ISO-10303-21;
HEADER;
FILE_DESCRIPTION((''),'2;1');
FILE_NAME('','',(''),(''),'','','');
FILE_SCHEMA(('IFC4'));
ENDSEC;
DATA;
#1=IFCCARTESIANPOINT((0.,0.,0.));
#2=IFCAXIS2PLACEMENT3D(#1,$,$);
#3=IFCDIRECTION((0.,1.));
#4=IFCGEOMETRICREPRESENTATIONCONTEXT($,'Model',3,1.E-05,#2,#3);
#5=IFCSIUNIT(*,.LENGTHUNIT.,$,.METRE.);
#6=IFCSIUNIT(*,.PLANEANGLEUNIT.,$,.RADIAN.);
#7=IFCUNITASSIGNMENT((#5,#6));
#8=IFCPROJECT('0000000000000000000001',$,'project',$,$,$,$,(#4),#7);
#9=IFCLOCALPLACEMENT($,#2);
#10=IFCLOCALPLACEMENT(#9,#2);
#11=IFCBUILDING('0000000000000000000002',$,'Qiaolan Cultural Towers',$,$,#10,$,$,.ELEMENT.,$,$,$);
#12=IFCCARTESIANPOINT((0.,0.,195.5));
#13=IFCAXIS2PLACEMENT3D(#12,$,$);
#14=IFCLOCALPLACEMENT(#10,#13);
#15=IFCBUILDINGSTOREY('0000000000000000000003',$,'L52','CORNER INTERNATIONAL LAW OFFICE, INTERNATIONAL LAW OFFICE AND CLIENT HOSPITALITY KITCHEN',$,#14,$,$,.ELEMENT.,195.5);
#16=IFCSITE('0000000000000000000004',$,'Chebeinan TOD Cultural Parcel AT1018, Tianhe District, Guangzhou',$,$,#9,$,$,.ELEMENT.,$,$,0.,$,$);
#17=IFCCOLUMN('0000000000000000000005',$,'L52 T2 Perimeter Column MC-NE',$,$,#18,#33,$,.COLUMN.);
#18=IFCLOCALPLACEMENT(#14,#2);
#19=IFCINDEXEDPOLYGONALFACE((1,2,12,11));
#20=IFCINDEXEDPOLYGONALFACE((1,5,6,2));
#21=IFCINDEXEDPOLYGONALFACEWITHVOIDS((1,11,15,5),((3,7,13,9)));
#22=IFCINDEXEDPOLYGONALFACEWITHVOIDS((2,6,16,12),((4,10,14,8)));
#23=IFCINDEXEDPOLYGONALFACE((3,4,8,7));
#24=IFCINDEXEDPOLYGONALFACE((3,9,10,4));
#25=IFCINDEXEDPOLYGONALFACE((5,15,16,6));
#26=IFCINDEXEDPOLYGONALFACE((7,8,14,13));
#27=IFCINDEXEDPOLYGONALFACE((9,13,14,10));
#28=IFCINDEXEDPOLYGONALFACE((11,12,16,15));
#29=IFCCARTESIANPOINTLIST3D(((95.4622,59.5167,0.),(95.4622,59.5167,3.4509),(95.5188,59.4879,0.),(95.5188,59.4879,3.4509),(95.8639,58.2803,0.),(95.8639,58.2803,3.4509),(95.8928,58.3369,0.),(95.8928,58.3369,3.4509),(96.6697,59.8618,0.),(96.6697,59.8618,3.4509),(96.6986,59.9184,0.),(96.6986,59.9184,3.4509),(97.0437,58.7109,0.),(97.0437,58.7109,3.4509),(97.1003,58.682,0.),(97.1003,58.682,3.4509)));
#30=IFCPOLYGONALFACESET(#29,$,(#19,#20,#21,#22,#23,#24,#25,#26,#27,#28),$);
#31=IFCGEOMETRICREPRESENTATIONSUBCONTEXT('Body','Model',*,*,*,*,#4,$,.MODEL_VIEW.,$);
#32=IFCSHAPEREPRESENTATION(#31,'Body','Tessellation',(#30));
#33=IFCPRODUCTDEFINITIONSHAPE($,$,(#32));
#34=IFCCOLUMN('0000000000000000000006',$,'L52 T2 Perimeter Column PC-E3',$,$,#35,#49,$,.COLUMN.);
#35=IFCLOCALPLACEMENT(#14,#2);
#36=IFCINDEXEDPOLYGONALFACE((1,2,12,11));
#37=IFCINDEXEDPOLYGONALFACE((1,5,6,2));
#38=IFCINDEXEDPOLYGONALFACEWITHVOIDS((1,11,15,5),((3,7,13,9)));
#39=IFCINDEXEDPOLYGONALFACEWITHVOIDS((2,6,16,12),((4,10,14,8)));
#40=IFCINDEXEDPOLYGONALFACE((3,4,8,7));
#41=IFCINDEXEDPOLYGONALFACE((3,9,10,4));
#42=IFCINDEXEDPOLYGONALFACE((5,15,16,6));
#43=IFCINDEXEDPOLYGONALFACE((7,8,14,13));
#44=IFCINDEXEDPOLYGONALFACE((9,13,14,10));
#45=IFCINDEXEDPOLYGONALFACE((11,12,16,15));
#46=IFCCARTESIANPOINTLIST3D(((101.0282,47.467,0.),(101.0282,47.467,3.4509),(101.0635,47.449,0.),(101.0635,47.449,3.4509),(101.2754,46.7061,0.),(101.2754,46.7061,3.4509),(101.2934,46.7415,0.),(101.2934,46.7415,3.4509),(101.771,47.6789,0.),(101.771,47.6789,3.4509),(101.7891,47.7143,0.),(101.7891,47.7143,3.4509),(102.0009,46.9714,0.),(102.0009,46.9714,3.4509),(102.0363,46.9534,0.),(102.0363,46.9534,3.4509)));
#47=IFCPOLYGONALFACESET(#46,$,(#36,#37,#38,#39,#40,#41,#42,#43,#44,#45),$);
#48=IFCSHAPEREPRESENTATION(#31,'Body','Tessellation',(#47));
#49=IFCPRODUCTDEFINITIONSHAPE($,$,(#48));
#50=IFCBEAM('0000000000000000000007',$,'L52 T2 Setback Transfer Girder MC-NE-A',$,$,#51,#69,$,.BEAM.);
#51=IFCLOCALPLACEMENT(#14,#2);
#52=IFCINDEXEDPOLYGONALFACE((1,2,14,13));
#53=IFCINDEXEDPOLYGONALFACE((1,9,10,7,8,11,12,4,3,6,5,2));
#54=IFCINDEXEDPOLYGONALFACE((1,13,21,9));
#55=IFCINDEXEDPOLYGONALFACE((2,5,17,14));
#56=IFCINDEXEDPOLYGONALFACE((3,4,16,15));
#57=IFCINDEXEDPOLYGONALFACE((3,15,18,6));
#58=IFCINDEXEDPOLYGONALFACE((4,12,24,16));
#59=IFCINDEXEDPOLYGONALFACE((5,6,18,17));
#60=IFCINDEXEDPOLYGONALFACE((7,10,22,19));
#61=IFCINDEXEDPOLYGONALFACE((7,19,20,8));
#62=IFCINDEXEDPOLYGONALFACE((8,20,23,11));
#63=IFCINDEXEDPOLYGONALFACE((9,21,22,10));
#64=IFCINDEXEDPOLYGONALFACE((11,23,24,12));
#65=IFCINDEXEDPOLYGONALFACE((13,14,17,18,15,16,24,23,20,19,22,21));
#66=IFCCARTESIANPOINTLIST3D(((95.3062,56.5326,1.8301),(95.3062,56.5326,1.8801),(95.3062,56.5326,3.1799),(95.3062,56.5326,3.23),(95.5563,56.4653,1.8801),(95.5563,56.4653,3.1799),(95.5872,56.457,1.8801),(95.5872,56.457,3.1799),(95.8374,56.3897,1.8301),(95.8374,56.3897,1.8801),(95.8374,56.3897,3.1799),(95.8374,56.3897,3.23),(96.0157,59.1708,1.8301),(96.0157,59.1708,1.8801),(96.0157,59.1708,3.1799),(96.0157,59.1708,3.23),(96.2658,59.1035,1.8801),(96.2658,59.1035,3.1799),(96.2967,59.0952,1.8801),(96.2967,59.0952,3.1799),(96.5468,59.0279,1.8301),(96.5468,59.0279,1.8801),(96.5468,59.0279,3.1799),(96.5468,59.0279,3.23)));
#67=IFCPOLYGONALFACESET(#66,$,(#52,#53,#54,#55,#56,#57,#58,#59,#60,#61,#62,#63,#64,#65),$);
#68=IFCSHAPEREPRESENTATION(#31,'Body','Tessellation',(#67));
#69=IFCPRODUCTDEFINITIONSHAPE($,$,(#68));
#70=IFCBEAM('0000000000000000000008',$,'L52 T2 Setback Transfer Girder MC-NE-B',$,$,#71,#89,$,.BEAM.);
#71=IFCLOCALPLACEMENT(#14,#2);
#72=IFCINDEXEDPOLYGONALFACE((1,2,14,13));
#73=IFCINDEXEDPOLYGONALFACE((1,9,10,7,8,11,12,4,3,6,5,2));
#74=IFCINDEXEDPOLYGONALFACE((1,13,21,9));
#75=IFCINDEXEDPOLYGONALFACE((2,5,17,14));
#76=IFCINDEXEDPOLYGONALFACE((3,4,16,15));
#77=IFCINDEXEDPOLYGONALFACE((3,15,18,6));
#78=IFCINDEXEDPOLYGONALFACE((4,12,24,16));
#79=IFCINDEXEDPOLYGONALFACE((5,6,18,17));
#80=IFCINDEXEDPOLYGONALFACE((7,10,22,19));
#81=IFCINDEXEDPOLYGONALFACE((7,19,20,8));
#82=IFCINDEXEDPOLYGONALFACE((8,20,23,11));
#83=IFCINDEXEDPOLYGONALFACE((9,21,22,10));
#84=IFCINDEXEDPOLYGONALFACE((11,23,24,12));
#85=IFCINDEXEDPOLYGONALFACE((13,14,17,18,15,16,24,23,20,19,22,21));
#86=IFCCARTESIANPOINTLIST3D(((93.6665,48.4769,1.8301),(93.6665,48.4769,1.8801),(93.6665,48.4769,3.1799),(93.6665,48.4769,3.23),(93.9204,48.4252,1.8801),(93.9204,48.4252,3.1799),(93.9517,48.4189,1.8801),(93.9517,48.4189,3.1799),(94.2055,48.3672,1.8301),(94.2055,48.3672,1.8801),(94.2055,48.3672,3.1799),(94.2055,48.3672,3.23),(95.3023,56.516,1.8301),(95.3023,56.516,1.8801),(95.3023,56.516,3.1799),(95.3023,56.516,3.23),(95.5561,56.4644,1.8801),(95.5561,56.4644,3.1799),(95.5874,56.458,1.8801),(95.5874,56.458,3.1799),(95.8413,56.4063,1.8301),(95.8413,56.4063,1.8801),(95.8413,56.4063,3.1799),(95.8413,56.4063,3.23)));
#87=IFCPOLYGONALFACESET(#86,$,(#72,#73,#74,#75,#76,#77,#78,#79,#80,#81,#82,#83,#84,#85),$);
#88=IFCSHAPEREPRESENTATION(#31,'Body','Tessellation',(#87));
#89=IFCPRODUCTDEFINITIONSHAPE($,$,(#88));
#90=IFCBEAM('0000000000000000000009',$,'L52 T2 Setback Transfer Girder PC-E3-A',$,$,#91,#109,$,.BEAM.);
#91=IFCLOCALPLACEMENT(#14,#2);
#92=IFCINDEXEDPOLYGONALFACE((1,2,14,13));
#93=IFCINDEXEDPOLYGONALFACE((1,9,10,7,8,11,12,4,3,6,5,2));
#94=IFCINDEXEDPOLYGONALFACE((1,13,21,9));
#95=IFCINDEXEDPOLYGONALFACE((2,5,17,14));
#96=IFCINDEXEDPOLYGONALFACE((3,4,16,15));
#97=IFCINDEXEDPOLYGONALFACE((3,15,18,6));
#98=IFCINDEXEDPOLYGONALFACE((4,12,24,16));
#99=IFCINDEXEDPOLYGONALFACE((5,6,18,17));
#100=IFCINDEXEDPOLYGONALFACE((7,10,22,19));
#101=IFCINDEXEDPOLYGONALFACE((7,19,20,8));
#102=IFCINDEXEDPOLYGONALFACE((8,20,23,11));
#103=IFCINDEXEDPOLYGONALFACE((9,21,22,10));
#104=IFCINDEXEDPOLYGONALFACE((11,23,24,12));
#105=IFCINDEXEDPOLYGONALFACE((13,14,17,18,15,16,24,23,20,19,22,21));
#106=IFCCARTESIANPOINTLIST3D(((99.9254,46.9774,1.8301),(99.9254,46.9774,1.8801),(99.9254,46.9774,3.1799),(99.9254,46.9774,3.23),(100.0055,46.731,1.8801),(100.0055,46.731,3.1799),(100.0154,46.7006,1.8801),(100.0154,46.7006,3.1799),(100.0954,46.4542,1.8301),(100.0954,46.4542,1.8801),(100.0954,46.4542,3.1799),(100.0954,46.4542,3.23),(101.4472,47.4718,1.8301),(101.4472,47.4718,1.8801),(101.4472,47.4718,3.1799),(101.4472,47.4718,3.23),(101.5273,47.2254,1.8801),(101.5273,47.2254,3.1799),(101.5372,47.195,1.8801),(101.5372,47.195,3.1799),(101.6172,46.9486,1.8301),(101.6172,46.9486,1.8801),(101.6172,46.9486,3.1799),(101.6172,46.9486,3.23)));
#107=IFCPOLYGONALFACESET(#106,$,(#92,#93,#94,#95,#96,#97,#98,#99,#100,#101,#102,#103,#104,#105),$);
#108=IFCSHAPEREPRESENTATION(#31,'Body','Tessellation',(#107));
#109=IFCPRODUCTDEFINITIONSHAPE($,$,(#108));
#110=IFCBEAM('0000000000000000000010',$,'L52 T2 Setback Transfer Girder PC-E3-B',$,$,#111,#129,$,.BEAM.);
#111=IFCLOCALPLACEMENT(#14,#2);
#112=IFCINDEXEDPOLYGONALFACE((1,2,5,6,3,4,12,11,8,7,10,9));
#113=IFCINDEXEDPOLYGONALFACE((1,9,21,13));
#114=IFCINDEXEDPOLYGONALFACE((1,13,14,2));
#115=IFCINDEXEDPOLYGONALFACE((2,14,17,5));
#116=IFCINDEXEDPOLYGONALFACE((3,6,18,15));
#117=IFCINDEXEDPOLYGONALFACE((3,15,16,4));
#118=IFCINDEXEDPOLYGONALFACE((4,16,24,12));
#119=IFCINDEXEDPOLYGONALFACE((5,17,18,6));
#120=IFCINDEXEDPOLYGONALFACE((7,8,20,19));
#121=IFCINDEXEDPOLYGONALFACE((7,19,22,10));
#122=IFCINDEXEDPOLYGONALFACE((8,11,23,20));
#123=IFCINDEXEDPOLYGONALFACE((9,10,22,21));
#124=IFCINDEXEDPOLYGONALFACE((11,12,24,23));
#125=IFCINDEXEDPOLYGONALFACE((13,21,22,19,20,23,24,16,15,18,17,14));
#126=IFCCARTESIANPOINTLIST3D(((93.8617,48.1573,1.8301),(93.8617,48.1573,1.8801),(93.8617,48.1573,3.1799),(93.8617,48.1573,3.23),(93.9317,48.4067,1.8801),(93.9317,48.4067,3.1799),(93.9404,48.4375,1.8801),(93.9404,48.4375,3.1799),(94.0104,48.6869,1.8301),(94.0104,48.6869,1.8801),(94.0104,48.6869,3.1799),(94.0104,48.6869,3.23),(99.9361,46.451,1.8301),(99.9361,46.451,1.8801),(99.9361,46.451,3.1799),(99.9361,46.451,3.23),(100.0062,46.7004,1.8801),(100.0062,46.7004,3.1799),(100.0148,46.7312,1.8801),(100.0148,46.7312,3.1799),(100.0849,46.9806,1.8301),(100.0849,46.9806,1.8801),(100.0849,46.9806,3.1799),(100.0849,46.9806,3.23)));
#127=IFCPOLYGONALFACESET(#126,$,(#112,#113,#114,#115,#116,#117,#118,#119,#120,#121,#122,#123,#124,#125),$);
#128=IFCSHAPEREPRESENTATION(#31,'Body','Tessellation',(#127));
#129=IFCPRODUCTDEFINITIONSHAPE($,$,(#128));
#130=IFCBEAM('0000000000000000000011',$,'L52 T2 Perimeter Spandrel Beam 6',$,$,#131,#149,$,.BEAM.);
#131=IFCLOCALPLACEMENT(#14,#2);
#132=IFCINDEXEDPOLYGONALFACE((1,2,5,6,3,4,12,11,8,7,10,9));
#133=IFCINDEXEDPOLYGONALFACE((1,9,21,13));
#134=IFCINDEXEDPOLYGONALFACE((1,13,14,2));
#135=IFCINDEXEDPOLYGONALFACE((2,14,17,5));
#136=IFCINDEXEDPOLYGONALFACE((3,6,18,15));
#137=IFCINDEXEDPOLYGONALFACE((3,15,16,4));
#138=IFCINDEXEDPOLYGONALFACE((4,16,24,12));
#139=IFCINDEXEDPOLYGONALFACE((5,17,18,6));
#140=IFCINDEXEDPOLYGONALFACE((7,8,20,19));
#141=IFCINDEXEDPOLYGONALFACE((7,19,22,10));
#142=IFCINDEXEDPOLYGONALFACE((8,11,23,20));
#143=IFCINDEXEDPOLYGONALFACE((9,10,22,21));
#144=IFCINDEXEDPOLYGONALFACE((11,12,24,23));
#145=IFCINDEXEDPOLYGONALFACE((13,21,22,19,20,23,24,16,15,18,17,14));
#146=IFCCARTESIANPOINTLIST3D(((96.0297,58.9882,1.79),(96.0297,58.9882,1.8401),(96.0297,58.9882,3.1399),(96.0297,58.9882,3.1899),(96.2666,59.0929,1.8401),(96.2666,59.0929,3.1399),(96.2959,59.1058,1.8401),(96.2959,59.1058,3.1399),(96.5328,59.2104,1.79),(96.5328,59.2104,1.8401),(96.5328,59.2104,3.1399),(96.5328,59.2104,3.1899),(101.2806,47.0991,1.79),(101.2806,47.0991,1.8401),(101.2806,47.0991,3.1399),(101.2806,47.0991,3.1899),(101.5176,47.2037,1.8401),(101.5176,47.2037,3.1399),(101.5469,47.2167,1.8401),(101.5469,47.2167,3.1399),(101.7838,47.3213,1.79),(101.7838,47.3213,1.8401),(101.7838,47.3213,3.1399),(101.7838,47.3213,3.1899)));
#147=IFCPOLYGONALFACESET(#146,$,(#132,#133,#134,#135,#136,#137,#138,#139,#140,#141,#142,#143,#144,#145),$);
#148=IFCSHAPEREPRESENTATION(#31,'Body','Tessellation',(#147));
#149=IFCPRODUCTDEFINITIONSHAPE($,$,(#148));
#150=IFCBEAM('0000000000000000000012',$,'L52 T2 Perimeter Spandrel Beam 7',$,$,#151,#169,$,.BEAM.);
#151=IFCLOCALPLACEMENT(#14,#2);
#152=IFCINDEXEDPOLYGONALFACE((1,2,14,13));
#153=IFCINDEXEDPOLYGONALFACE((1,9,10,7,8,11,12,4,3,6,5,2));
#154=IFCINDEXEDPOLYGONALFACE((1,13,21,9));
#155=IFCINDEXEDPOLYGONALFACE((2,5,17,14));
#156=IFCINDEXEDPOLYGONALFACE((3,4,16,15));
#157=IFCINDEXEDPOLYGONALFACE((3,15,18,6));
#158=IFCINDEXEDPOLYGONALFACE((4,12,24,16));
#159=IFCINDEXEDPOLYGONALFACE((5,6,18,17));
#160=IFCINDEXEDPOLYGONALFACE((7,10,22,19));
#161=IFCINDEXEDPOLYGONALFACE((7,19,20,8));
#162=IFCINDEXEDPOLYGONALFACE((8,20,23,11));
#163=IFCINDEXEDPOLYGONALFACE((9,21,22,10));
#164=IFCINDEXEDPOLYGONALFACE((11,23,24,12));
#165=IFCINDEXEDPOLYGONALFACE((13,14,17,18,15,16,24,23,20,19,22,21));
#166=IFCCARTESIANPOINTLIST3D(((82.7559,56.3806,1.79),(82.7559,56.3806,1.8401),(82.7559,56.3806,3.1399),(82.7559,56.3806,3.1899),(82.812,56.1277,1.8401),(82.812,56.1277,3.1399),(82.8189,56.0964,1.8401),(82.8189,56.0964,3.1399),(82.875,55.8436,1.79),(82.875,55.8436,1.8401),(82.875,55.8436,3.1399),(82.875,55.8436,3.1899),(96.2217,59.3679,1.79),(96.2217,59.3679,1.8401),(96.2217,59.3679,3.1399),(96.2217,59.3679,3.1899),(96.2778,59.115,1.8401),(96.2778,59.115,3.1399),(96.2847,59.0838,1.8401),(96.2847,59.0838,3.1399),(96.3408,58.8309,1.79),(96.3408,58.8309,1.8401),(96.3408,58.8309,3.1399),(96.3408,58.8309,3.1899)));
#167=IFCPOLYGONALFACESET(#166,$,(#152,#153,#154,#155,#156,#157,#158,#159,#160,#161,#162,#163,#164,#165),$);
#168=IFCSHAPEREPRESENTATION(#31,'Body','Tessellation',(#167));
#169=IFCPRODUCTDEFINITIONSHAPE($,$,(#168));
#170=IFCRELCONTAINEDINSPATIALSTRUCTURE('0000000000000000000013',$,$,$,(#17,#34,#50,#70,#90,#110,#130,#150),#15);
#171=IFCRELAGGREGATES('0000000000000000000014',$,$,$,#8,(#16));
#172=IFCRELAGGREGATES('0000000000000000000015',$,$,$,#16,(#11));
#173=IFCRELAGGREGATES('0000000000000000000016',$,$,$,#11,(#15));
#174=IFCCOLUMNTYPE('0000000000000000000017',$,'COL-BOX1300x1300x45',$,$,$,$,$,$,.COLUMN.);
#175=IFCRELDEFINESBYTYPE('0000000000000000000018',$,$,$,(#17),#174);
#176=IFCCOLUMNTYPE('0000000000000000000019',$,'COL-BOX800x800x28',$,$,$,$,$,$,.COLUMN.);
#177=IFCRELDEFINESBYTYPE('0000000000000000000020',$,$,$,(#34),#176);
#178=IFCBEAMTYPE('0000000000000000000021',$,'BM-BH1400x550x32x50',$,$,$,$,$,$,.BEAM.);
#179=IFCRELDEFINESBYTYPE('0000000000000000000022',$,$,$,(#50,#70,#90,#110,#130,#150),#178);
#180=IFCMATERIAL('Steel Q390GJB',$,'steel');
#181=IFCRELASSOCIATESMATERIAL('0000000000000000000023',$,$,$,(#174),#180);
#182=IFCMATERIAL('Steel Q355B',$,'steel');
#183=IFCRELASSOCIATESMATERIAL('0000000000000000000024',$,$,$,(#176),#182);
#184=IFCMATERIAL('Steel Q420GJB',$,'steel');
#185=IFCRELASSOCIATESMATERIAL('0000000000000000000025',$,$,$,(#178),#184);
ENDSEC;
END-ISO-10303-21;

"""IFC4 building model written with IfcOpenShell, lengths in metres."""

from ifc_helpers import new_model, si_unit, direction, frame, origin, origin_2d, place, context, subcontext, project, spatial, hollow_rectangle, i_section, extrude, material, material_profile, profile_set, type_object, element, save


model = new_model("IFC4")

# Units and contexts
model_context = context("Model", 3, precision=1e-05, world=origin(), true_north=direction((0.0, 1.0)))
body_context = subcontext(model_context, "Body", "Model", "MODEL_VIEW")
ifc_project = project(units=[si_unit("LENGTHUNIT", "METRE"), si_unit("PLANEANGLEUNIT", "RADIAN")], contexts=[model_context])

# Site, building, storey
site_placement = place(None, origin())
site = spatial("IfcSite", under=ifc_project, at=site_placement, Name="Chebeinan TOD Cultural Parcel AT1018, Tianhe District, Guangzhou", CompositionType="ELEMENT", RefElevation=0.0)
building_placement = place(site_placement, origin())
building = spatial("IfcBuilding", under=site, at=building_placement, Name="Qiaolan Cultural Towers", CompositionType="ELEMENT")
storey_placement = place(building_placement, frame((0.0, 0.0, 195.5)))
storey = spatial("IfcBuildingStorey", under=building, at=storey_placement, Name="L52", Description="CORNER INTERNATIONAL LAW OFFICE, INTERNATIONAL LAW OFFICE AND CLIENT HOSPITALITY KITCHEN", CompositionType="ELEMENT", Elevation=195.5)

# Columns
ifc_material_1 = material(Name="Steel Q390GJB", Category="steel")
ifc_material_profile_1 = material_profile(ifc_material_1, hollow_rectangle(XDim=1.3, YDim=1.3, WallThickness=0.0449, at=origin_2d()), Name="BOX1300x1300x45")
ifc_profile_set_1 = profile_set([ifc_material_profile_1], Name="Steel Q390GJB")
column_type_1 = type_object("IfcColumnType", Name="COL-BOX1300x1300x45", PredefinedType="COLUMN", material=ifc_profile_set_1)
column_1_placement = place(storey_placement, frame((96.2812, 59.0994, 0.0), z_axis=(0.0, 0.0, 1.0), x_axis=(0.951057, 0.309017, 0.0)))
element("IfcColumn", 1, at=column_1_placement, inside=storey, type_object=column_type_1, Name="L52 T2 Perimeter Column MC-NE", PredefinedType="COLUMN", context=body_context, shape_type="SweptSolid", body=[
    extrude(hollow_rectangle(XDim=1.3, YDim=1.3, WallThickness=0.0449, at=origin_2d()), origin(), (0.0, 0.0, 1.0), 3.4509),
])
ifc_material_2 = material(Name="Steel Q355B", Category="steel")
ifc_material_profile_2 = material_profile(ifc_material_2, hollow_rectangle(XDim=0.8, YDim=0.8, WallThickness=0.0281, at=origin_2d()), Name="BOX800x800x28")
ifc_profile_set_2 = profile_set([ifc_material_profile_2], Name="Steel Q355B")
column_type_2 = type_object("IfcColumnType", Name="COL-BOX800x800x28", PredefinedType="COLUMN", material=ifc_profile_set_2)
column_2_placement = place(storey_placement, frame((101.5322, 47.2102, 0.0), z_axis=(0.0, 0.0, 1.0), x_axis=(0.951057, 0.309017, 0.0)))
element("IfcColumn", 2, at=column_2_placement, inside=storey, type_object=column_type_2, Name="L52 T2 Perimeter Column PC-E3", PredefinedType="COLUMN", context=body_context, shape_type="SweptSolid", body=[
    extrude(hollow_rectangle(XDim=0.8, YDim=0.8, WallThickness=0.0281, at=origin_2d()), origin(), (0.0, 0.0, 1.0), 3.4509),
])

# Beams
ifc_material_3 = material(Name="Steel Q420GJB", Category="steel")
ifc_material_profile_3 = material_profile(ifc_material_3, i_section(OverallWidth=0.55, OverallDepth=1.3999, WebThickness=0.032, FlangeThickness=0.05, at=origin_2d()), Name="BH1400x550x32x50")
ifc_profile_set_3 = profile_set([ifc_material_profile_3], Name="Steel Q420GJB")
beam_type_1 = type_object("IfcBeamType", Name="BM-BH1400x550x32x50", PredefinedType="BEAM", material=ifc_profile_set_3)
beam_1_placement = place(storey_placement, frame((96.2812, 59.0994, 2.53), z_axis=(-0.259698, -0.96569, 0.0), x_axis=(0.96569, -0.259698, 0.0)))
element("IfcBeam", 3, at=beam_1_placement, inside=storey, type_object=beam_type_1, Name="L52 T2 Setback Transfer Girder MC-NE-A", PredefinedType="BEAM", context=body_context, shape_type="SweptSolid", body=[
    extrude(i_section(OverallWidth=0.55, OverallDepth=1.3999, WebThickness=0.032, FlangeThickness=0.05, at=origin_2d()), origin(), (0.0, 0.0, 1.0), 2.7319),
])
beam_2_placement = place(storey_placement, frame((95.5718, 56.4612, 2.53), z_axis=(-0.199389, -0.979921, 0.0), x_axis=(0.979921, -0.199389, 0.0)))
element("IfcBeam", 4, at=beam_2_placement, inside=storey, type_object=beam_type_1, Name="L52 T2 Setback Transfer Girder MC-NE-B", PredefinedType="BEAM", context=body_context, shape_type="SweptSolid", body=[
    extrude(i_section(OverallWidth=0.55, OverallDepth=1.3999, WebThickness=0.032, FlangeThickness=0.05, at=origin_2d()), origin(), (0.0, 0.0, 1.0), 8.2039),
])
beam_3_placement = place(storey_placement, frame((101.5322, 47.2102, 2.53), z_axis=(-0.951067, -0.308986, 0.0), x_axis=(0.308986, -0.951067, 0.0)))
element("IfcBeam", 5, at=beam_3_placement, inside=storey, type_object=beam_type_1, Name="L52 T2 Setback Transfer Girder PC-E3-A", PredefinedType="BEAM", context=body_context, shape_type="SweptSolid", body=[
    extrude(i_section(OverallWidth=0.55, OverallDepth=1.3999, WebThickness=0.032, FlangeThickness=0.05, at=origin_2d()), origin(), (0.0, 0.0, 1.0), 1.6001),
])
beam_4_placement = place(storey_placement, frame((100.0105, 46.7158, 2.53), z_axis=(-0.962739, 0.270431, 0.0), x_axis=(-0.270431, -0.962739, 0.0)))
element("IfcBeam", 6, at=beam_4_placement, inside=storey, type_object=beam_type_1, Name="L52 T2 Setback Transfer Girder PC-E3-B", PredefinedType="BEAM", context=body_context, shape_type="SweptSolid", body=[
    extrude(i_section(OverallWidth=0.55, OverallDepth=1.3999, WebThickness=0.032, FlangeThickness=0.05, at=origin_2d()), origin(), (0.0, 0.0, 1.0), 6.3096),
])
beam_5_placement = place(storey_placement, frame((101.5322, 47.2102, 2.49), z_axis=(-0.404011, 0.914754, 0.0), x_axis=(-0.914754, -0.404011, 0.0)))
element("IfcBeam", 7, at=beam_5_placement, inside=storey, type_object=beam_type_1, Name="L52 T2 Perimeter Spandrel Beam 6", PredefinedType="BEAM", context=body_context, shape_type="SweptSolid", body=[
    extrude(i_section(OverallWidth=0.55, OverallDepth=1.3999, WebThickness=0.032, FlangeThickness=0.05, at=origin_2d()), origin(), (0.0, 0.0, 1.0), 12.9971),
])
beam_6_placement = place(storey_placement, frame((96.2812, 59.0994, 2.49), z_axis=(-0.976265, -0.216578, 0.0), x_axis=(0.216578, -0.976265, 0.0)))
element("IfcBeam", 8, at=beam_6_placement, inside=storey, type_object=beam_type_1, Name="L52 T2 Perimeter Spandrel Beam 7", PredefinedType="BEAM", context=body_context, shape_type="SweptSolid", body=[
    extrude(i_section(OverallWidth=0.55, OverallDepth=1.3999, WebThickness=0.032, FlangeThickness=0.05, at=origin_2d()), origin(), (0.0, 0.0, 1.0), 13.7932),
])

save(model, "model.ifc")
